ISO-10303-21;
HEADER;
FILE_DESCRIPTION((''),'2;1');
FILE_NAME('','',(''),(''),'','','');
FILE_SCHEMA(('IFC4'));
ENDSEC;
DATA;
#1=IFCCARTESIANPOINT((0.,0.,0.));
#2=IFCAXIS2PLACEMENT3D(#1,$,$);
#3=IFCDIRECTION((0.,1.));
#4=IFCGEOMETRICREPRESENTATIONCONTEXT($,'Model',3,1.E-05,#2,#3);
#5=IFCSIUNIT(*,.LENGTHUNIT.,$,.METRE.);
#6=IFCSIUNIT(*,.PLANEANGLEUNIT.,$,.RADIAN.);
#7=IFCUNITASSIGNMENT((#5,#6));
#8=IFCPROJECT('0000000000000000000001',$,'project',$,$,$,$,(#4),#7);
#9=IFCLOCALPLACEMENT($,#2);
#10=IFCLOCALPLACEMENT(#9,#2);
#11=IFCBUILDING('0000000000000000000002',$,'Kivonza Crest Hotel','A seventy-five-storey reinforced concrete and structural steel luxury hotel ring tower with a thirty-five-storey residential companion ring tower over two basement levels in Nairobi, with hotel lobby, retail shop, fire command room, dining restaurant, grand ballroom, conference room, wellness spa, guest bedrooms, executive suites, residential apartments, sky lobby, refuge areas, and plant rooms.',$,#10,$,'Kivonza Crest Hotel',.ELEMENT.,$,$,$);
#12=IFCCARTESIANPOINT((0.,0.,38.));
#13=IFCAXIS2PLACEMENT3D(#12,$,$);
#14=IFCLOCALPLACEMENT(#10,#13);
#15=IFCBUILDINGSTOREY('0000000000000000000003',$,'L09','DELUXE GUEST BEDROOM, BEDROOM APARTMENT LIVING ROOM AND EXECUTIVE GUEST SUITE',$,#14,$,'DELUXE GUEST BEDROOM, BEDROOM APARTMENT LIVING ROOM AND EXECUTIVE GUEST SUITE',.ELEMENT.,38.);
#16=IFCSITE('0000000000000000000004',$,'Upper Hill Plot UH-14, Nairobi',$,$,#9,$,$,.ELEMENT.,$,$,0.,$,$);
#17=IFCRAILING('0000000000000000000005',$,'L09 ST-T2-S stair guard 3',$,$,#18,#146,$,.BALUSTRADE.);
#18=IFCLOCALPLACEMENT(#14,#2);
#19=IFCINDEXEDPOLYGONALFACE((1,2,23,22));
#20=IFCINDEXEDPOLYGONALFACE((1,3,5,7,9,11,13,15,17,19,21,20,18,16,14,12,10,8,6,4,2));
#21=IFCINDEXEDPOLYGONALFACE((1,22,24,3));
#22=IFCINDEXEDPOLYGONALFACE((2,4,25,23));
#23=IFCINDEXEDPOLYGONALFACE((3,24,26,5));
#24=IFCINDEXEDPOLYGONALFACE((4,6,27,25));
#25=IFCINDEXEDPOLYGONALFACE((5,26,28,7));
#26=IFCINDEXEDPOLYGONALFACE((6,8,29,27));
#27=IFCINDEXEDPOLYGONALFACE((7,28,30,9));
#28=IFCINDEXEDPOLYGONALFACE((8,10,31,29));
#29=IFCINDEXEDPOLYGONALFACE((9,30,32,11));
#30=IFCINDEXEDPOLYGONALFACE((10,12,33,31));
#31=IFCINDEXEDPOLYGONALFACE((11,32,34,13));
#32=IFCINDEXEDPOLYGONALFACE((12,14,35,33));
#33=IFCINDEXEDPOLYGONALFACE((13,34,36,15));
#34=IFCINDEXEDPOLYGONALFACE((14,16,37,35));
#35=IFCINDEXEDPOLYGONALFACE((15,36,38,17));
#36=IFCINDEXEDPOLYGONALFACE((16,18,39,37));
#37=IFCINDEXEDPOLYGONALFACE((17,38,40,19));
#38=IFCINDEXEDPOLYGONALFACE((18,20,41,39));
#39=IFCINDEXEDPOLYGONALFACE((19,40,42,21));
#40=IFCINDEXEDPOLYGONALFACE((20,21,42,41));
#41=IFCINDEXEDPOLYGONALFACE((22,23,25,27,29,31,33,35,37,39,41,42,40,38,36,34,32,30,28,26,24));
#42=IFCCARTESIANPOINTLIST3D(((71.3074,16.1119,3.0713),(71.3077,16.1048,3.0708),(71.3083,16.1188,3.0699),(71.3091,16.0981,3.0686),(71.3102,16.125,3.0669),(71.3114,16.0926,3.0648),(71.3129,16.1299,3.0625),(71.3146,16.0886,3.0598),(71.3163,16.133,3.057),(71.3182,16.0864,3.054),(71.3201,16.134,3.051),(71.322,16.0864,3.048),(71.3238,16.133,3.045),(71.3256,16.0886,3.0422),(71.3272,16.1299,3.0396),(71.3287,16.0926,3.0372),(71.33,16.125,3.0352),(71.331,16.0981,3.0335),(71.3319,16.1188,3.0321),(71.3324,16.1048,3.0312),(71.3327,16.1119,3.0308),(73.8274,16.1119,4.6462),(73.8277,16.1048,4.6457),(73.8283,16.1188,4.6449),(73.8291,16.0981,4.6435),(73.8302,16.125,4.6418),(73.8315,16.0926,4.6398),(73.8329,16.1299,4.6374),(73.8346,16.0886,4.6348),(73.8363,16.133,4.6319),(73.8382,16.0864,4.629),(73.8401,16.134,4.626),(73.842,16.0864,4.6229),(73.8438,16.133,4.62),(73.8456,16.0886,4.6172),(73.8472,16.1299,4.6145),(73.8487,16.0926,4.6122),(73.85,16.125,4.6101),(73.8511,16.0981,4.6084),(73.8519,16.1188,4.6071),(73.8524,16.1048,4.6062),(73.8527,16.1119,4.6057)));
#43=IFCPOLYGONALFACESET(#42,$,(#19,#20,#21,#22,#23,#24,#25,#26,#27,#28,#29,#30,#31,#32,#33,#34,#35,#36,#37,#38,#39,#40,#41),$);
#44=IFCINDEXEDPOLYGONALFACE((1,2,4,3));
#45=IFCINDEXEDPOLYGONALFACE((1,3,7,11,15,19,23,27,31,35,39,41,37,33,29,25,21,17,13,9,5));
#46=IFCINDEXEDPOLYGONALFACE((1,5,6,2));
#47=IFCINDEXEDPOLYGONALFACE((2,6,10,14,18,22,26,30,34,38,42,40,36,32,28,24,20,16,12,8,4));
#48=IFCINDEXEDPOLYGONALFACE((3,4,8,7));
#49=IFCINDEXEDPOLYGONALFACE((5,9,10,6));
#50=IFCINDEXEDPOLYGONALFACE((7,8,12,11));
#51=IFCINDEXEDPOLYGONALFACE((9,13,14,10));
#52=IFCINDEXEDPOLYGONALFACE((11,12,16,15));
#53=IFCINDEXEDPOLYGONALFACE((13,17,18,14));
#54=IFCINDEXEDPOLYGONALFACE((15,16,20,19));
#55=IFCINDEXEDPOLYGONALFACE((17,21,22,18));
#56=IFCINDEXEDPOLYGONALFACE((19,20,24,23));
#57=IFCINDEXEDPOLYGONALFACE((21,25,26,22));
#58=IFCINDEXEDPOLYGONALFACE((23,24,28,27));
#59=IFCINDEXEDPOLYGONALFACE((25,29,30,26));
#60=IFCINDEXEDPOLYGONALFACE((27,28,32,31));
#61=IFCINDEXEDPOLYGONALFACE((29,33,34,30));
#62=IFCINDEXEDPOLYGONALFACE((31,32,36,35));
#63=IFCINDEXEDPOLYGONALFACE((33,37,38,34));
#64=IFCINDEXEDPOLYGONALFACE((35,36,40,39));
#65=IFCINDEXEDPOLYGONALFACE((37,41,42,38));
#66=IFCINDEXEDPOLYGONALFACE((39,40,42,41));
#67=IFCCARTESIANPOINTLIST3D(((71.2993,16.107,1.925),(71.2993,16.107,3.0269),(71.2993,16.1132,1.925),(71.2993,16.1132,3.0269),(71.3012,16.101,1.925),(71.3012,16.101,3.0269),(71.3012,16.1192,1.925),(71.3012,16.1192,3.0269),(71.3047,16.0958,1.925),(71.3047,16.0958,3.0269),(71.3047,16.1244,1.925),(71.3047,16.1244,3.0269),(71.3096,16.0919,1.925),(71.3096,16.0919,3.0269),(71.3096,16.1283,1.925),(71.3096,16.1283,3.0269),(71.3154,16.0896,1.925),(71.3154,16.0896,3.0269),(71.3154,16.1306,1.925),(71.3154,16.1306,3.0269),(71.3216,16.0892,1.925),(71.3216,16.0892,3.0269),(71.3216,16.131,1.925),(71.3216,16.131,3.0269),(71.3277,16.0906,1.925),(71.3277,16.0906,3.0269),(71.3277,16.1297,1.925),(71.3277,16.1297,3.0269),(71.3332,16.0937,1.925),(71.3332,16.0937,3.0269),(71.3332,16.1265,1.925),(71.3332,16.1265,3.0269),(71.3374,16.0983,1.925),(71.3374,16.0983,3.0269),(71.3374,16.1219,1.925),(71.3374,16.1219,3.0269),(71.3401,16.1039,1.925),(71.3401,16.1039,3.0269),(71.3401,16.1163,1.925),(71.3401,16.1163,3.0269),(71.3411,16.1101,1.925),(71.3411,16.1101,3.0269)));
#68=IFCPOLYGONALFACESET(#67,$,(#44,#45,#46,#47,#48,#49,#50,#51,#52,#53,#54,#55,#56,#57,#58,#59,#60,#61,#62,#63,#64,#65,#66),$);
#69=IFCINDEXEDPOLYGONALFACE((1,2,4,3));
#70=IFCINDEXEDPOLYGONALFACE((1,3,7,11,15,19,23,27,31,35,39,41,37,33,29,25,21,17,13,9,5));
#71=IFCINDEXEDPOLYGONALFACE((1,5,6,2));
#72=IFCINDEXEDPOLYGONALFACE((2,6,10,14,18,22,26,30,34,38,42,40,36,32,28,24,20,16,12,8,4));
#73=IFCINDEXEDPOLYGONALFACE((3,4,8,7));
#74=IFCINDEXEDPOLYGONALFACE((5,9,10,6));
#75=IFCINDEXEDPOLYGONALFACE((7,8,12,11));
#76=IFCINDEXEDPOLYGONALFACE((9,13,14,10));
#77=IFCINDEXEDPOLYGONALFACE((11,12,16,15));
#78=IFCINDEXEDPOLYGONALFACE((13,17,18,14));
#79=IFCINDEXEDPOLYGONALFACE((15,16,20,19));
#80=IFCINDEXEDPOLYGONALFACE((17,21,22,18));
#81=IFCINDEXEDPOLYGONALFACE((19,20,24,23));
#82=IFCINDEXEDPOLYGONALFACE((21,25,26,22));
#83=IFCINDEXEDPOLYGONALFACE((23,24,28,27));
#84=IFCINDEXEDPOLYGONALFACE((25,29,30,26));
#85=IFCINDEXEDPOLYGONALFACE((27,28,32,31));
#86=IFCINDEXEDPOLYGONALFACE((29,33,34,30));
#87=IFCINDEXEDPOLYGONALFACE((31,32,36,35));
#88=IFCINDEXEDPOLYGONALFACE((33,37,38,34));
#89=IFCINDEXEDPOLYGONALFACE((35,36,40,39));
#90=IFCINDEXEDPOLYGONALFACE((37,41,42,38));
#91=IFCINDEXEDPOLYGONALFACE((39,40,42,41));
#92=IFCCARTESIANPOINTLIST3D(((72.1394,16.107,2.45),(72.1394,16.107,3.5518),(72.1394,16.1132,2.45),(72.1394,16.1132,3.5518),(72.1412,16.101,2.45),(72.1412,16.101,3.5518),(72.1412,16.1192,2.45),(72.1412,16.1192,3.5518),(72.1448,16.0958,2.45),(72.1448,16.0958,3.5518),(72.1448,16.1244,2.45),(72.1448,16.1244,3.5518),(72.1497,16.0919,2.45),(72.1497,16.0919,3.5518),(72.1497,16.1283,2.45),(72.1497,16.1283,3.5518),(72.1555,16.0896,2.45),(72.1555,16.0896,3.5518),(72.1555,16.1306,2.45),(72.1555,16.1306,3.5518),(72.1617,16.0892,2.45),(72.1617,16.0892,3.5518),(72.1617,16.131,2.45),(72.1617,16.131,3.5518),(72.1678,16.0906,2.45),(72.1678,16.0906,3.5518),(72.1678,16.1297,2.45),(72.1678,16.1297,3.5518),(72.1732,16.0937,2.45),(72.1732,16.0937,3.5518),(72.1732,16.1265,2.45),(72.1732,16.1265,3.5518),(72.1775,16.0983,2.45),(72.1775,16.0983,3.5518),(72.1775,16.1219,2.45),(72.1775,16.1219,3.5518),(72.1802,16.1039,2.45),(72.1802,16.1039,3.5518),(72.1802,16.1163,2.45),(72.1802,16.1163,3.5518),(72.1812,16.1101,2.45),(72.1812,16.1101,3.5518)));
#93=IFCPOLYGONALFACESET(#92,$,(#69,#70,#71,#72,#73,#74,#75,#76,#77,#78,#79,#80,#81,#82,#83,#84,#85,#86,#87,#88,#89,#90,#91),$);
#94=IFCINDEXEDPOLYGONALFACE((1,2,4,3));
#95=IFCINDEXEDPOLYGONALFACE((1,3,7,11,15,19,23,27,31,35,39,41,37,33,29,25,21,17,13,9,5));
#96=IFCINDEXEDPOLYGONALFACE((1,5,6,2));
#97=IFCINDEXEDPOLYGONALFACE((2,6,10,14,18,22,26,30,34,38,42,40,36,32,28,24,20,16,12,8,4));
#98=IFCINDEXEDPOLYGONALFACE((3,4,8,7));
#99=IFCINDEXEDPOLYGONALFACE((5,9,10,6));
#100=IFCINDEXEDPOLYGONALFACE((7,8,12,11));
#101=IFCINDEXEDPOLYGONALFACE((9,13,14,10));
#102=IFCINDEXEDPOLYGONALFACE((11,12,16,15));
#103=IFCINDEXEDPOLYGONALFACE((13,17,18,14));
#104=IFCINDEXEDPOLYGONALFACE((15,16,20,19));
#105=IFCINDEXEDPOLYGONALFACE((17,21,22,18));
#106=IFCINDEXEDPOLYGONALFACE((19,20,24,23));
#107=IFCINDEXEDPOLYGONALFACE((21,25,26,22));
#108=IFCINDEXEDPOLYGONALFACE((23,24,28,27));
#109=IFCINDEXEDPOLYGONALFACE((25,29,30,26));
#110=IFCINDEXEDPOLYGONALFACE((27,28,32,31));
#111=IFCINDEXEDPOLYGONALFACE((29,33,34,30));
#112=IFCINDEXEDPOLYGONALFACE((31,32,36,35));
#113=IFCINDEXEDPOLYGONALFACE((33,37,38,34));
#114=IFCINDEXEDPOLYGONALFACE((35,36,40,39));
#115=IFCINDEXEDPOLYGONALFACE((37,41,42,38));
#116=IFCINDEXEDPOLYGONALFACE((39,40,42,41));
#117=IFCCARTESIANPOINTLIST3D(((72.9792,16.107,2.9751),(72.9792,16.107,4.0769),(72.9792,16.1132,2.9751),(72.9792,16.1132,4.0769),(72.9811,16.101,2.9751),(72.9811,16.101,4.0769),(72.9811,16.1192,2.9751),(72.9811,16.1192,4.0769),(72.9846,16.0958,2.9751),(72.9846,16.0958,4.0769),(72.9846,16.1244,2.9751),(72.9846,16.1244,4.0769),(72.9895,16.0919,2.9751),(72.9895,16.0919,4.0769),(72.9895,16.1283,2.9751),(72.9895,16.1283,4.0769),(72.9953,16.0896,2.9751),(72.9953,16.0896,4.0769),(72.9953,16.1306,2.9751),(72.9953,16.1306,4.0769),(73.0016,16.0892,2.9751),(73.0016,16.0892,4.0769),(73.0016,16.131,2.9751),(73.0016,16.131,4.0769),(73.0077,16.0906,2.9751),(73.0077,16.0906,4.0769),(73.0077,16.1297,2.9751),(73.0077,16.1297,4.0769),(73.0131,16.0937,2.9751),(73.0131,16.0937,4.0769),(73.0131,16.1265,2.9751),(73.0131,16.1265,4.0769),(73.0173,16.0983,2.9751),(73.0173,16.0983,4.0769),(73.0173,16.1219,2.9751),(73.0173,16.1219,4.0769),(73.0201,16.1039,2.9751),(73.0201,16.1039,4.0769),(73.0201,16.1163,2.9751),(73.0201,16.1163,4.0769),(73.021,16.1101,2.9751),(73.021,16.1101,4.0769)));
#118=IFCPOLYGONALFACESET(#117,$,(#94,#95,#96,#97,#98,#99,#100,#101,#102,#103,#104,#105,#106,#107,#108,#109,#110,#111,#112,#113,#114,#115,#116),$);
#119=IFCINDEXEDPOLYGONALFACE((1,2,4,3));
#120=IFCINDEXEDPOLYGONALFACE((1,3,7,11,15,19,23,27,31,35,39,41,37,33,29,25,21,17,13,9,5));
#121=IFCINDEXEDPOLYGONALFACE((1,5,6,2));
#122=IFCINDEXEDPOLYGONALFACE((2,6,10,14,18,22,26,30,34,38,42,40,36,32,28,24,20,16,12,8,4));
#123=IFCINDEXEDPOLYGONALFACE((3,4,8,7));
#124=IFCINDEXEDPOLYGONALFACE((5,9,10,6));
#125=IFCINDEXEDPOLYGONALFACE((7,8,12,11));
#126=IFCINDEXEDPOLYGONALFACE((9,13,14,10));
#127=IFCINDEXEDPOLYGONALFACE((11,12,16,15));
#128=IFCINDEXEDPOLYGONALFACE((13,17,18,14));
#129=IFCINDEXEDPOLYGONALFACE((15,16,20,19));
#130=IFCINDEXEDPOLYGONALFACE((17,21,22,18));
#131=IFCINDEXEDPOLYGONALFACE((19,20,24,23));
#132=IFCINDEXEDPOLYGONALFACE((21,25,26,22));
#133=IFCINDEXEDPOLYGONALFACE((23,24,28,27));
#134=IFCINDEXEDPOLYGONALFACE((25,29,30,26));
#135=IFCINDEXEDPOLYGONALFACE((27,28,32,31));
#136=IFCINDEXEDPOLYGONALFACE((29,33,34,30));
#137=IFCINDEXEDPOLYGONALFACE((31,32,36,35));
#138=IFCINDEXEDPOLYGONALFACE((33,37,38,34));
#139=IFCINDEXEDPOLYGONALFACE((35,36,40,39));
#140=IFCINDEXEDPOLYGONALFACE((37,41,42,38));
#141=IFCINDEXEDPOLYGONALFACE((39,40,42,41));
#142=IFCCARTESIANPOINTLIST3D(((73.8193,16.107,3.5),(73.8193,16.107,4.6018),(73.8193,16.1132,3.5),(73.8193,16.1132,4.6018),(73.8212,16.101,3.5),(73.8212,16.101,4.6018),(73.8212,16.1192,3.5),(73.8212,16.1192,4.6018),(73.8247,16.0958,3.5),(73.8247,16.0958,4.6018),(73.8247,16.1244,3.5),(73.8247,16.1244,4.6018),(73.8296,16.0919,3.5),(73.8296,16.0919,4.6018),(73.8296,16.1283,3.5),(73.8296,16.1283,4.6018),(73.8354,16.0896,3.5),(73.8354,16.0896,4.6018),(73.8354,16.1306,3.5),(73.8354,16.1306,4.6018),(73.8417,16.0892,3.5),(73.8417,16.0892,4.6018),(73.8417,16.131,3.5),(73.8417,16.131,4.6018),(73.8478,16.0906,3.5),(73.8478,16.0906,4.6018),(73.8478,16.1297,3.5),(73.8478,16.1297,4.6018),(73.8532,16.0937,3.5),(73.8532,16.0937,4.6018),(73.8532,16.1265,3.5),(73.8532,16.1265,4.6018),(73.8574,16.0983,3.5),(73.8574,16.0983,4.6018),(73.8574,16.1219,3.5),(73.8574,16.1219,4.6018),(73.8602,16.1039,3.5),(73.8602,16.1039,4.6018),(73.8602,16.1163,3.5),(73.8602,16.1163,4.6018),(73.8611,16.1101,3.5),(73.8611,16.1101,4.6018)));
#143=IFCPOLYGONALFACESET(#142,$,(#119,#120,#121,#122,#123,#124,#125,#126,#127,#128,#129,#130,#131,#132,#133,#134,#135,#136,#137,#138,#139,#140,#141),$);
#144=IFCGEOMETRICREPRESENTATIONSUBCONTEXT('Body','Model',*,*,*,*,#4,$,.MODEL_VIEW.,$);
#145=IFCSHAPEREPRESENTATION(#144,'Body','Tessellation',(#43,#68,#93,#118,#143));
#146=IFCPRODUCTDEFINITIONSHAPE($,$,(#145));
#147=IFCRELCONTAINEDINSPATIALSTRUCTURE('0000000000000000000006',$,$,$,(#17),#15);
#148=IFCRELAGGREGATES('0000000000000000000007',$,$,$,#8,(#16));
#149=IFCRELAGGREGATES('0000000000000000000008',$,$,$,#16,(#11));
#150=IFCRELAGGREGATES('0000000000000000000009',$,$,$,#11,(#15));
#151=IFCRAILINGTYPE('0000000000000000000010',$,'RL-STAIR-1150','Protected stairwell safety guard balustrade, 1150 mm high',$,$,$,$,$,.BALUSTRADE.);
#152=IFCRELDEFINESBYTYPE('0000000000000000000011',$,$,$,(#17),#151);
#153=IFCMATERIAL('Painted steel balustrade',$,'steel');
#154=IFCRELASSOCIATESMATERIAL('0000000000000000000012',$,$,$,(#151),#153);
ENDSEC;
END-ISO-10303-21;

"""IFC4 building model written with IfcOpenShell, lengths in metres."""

from ifc_helpers import new_model, si_unit, direction, frame, origin, origin_2d, place, context, subcontext, project, spatial, circle, extrude, material, type_object, element, save


model = new_model("IFC4")

# Units and contexts
model_context = context("Model", 3, precision=1e-05, world=origin(), true_north=direction((0.0, 1.0)))
body_context = subcontext(model_context, "Body", "Model", "MODEL_VIEW")
ifc_project = project(units=[si_unit("LENGTHUNIT", "METRE"), si_unit("PLANEANGLEUNIT", "RADIAN")], contexts=[model_context])

# Site, building, storey
site_placement = place(None, origin())
site = spatial("IfcSite", under=ifc_project, at=site_placement, Name="Upper Hill Plot UH-14, Nairobi", CompositionType="ELEMENT", RefElevation=0.0)
building_placement = place(site_placement, origin())
building = spatial("IfcBuilding", under=site, at=building_placement, Name="Kivonza Crest Hotel", Description="A seventy-five-storey reinforced concrete and structural steel luxury hotel ring tower with a thirty-five-storey residential companion ring tower over two basement levels in Nairobi, with hotel lobby, retail shop, fire command room, dining restaurant, grand ballroom, conference room, wellness spa, guest bedrooms, executive suites, residential apartments, sky lobby, refuge areas, and plant rooms.", LongName="Kivonza Crest Hotel", CompositionType="ELEMENT")
storey_placement = place(building_placement, frame((0.0, 0.0, 38.0)))
storey = spatial("IfcBuildingStorey", under=building, at=storey_placement, Name="L09", Description="DELUXE GUEST BEDROOM, BEDROOM APARTMENT LIVING ROOM AND EXECUTIVE GUEST SUITE", LongName="DELUXE GUEST BEDROOM, BEDROOM APARTMENT LIVING ROOM AND EXECUTIVE GUEST SUITE", CompositionType="ELEMENT", Elevation=38.0)

# Railing
ifc_material_1 = material(Name="Painted steel balustrade", Category="steel")
railing_type_1 = type_object("IfcRailingType", Name="RL-STAIR-1150", Description="Protected stairwell safety guard balustrade, 1150 mm high", PredefinedType="BALUSTRADE", material=ifc_material_1)
railing_1_placement = place(storey_placement, frame((71.3201, 16.1101, 1.925)))
element("IfcRailing", 1, at=railing_1_placement, inside=storey, type_object=railing_type_1, Name="L09 ST-T2-S stair guard 3", PredefinedType="BALUSTRADE", context=body_context, shape_type="SweptSolid", body=[
    extrude(circle(Radius=0.0239, at=origin_2d()), frame((0.0, 0.0, 1.126), z_axis=(0.848008, 0.0, 0.529984), x_axis=(0.0, 1.0, 0.0)), (0.0, 0.0, 1.0), 2.9717),
    extrude(circle(Radius=0.021, at=origin_2d()), origin(), (0.0, 0.0, 1.0), 1.1018),
    extrude(circle(Radius=0.021, at=origin_2d()), frame((0.8401, 0.0, 0.5249)), (0.0, 0.0, 1.0), 1.1018),
    extrude(circle(Radius=0.021, at=origin_2d()), frame((1.6799, 0.0, 1.05)), (0.0, 0.0, 1.0), 1.1018),
    extrude(circle(Radius=0.021, at=origin_2d()), frame((2.52, 0.0, 1.575)), (0.0, 0.0, 1.0), 1.1018),
])

save(model, "model.ifc")
